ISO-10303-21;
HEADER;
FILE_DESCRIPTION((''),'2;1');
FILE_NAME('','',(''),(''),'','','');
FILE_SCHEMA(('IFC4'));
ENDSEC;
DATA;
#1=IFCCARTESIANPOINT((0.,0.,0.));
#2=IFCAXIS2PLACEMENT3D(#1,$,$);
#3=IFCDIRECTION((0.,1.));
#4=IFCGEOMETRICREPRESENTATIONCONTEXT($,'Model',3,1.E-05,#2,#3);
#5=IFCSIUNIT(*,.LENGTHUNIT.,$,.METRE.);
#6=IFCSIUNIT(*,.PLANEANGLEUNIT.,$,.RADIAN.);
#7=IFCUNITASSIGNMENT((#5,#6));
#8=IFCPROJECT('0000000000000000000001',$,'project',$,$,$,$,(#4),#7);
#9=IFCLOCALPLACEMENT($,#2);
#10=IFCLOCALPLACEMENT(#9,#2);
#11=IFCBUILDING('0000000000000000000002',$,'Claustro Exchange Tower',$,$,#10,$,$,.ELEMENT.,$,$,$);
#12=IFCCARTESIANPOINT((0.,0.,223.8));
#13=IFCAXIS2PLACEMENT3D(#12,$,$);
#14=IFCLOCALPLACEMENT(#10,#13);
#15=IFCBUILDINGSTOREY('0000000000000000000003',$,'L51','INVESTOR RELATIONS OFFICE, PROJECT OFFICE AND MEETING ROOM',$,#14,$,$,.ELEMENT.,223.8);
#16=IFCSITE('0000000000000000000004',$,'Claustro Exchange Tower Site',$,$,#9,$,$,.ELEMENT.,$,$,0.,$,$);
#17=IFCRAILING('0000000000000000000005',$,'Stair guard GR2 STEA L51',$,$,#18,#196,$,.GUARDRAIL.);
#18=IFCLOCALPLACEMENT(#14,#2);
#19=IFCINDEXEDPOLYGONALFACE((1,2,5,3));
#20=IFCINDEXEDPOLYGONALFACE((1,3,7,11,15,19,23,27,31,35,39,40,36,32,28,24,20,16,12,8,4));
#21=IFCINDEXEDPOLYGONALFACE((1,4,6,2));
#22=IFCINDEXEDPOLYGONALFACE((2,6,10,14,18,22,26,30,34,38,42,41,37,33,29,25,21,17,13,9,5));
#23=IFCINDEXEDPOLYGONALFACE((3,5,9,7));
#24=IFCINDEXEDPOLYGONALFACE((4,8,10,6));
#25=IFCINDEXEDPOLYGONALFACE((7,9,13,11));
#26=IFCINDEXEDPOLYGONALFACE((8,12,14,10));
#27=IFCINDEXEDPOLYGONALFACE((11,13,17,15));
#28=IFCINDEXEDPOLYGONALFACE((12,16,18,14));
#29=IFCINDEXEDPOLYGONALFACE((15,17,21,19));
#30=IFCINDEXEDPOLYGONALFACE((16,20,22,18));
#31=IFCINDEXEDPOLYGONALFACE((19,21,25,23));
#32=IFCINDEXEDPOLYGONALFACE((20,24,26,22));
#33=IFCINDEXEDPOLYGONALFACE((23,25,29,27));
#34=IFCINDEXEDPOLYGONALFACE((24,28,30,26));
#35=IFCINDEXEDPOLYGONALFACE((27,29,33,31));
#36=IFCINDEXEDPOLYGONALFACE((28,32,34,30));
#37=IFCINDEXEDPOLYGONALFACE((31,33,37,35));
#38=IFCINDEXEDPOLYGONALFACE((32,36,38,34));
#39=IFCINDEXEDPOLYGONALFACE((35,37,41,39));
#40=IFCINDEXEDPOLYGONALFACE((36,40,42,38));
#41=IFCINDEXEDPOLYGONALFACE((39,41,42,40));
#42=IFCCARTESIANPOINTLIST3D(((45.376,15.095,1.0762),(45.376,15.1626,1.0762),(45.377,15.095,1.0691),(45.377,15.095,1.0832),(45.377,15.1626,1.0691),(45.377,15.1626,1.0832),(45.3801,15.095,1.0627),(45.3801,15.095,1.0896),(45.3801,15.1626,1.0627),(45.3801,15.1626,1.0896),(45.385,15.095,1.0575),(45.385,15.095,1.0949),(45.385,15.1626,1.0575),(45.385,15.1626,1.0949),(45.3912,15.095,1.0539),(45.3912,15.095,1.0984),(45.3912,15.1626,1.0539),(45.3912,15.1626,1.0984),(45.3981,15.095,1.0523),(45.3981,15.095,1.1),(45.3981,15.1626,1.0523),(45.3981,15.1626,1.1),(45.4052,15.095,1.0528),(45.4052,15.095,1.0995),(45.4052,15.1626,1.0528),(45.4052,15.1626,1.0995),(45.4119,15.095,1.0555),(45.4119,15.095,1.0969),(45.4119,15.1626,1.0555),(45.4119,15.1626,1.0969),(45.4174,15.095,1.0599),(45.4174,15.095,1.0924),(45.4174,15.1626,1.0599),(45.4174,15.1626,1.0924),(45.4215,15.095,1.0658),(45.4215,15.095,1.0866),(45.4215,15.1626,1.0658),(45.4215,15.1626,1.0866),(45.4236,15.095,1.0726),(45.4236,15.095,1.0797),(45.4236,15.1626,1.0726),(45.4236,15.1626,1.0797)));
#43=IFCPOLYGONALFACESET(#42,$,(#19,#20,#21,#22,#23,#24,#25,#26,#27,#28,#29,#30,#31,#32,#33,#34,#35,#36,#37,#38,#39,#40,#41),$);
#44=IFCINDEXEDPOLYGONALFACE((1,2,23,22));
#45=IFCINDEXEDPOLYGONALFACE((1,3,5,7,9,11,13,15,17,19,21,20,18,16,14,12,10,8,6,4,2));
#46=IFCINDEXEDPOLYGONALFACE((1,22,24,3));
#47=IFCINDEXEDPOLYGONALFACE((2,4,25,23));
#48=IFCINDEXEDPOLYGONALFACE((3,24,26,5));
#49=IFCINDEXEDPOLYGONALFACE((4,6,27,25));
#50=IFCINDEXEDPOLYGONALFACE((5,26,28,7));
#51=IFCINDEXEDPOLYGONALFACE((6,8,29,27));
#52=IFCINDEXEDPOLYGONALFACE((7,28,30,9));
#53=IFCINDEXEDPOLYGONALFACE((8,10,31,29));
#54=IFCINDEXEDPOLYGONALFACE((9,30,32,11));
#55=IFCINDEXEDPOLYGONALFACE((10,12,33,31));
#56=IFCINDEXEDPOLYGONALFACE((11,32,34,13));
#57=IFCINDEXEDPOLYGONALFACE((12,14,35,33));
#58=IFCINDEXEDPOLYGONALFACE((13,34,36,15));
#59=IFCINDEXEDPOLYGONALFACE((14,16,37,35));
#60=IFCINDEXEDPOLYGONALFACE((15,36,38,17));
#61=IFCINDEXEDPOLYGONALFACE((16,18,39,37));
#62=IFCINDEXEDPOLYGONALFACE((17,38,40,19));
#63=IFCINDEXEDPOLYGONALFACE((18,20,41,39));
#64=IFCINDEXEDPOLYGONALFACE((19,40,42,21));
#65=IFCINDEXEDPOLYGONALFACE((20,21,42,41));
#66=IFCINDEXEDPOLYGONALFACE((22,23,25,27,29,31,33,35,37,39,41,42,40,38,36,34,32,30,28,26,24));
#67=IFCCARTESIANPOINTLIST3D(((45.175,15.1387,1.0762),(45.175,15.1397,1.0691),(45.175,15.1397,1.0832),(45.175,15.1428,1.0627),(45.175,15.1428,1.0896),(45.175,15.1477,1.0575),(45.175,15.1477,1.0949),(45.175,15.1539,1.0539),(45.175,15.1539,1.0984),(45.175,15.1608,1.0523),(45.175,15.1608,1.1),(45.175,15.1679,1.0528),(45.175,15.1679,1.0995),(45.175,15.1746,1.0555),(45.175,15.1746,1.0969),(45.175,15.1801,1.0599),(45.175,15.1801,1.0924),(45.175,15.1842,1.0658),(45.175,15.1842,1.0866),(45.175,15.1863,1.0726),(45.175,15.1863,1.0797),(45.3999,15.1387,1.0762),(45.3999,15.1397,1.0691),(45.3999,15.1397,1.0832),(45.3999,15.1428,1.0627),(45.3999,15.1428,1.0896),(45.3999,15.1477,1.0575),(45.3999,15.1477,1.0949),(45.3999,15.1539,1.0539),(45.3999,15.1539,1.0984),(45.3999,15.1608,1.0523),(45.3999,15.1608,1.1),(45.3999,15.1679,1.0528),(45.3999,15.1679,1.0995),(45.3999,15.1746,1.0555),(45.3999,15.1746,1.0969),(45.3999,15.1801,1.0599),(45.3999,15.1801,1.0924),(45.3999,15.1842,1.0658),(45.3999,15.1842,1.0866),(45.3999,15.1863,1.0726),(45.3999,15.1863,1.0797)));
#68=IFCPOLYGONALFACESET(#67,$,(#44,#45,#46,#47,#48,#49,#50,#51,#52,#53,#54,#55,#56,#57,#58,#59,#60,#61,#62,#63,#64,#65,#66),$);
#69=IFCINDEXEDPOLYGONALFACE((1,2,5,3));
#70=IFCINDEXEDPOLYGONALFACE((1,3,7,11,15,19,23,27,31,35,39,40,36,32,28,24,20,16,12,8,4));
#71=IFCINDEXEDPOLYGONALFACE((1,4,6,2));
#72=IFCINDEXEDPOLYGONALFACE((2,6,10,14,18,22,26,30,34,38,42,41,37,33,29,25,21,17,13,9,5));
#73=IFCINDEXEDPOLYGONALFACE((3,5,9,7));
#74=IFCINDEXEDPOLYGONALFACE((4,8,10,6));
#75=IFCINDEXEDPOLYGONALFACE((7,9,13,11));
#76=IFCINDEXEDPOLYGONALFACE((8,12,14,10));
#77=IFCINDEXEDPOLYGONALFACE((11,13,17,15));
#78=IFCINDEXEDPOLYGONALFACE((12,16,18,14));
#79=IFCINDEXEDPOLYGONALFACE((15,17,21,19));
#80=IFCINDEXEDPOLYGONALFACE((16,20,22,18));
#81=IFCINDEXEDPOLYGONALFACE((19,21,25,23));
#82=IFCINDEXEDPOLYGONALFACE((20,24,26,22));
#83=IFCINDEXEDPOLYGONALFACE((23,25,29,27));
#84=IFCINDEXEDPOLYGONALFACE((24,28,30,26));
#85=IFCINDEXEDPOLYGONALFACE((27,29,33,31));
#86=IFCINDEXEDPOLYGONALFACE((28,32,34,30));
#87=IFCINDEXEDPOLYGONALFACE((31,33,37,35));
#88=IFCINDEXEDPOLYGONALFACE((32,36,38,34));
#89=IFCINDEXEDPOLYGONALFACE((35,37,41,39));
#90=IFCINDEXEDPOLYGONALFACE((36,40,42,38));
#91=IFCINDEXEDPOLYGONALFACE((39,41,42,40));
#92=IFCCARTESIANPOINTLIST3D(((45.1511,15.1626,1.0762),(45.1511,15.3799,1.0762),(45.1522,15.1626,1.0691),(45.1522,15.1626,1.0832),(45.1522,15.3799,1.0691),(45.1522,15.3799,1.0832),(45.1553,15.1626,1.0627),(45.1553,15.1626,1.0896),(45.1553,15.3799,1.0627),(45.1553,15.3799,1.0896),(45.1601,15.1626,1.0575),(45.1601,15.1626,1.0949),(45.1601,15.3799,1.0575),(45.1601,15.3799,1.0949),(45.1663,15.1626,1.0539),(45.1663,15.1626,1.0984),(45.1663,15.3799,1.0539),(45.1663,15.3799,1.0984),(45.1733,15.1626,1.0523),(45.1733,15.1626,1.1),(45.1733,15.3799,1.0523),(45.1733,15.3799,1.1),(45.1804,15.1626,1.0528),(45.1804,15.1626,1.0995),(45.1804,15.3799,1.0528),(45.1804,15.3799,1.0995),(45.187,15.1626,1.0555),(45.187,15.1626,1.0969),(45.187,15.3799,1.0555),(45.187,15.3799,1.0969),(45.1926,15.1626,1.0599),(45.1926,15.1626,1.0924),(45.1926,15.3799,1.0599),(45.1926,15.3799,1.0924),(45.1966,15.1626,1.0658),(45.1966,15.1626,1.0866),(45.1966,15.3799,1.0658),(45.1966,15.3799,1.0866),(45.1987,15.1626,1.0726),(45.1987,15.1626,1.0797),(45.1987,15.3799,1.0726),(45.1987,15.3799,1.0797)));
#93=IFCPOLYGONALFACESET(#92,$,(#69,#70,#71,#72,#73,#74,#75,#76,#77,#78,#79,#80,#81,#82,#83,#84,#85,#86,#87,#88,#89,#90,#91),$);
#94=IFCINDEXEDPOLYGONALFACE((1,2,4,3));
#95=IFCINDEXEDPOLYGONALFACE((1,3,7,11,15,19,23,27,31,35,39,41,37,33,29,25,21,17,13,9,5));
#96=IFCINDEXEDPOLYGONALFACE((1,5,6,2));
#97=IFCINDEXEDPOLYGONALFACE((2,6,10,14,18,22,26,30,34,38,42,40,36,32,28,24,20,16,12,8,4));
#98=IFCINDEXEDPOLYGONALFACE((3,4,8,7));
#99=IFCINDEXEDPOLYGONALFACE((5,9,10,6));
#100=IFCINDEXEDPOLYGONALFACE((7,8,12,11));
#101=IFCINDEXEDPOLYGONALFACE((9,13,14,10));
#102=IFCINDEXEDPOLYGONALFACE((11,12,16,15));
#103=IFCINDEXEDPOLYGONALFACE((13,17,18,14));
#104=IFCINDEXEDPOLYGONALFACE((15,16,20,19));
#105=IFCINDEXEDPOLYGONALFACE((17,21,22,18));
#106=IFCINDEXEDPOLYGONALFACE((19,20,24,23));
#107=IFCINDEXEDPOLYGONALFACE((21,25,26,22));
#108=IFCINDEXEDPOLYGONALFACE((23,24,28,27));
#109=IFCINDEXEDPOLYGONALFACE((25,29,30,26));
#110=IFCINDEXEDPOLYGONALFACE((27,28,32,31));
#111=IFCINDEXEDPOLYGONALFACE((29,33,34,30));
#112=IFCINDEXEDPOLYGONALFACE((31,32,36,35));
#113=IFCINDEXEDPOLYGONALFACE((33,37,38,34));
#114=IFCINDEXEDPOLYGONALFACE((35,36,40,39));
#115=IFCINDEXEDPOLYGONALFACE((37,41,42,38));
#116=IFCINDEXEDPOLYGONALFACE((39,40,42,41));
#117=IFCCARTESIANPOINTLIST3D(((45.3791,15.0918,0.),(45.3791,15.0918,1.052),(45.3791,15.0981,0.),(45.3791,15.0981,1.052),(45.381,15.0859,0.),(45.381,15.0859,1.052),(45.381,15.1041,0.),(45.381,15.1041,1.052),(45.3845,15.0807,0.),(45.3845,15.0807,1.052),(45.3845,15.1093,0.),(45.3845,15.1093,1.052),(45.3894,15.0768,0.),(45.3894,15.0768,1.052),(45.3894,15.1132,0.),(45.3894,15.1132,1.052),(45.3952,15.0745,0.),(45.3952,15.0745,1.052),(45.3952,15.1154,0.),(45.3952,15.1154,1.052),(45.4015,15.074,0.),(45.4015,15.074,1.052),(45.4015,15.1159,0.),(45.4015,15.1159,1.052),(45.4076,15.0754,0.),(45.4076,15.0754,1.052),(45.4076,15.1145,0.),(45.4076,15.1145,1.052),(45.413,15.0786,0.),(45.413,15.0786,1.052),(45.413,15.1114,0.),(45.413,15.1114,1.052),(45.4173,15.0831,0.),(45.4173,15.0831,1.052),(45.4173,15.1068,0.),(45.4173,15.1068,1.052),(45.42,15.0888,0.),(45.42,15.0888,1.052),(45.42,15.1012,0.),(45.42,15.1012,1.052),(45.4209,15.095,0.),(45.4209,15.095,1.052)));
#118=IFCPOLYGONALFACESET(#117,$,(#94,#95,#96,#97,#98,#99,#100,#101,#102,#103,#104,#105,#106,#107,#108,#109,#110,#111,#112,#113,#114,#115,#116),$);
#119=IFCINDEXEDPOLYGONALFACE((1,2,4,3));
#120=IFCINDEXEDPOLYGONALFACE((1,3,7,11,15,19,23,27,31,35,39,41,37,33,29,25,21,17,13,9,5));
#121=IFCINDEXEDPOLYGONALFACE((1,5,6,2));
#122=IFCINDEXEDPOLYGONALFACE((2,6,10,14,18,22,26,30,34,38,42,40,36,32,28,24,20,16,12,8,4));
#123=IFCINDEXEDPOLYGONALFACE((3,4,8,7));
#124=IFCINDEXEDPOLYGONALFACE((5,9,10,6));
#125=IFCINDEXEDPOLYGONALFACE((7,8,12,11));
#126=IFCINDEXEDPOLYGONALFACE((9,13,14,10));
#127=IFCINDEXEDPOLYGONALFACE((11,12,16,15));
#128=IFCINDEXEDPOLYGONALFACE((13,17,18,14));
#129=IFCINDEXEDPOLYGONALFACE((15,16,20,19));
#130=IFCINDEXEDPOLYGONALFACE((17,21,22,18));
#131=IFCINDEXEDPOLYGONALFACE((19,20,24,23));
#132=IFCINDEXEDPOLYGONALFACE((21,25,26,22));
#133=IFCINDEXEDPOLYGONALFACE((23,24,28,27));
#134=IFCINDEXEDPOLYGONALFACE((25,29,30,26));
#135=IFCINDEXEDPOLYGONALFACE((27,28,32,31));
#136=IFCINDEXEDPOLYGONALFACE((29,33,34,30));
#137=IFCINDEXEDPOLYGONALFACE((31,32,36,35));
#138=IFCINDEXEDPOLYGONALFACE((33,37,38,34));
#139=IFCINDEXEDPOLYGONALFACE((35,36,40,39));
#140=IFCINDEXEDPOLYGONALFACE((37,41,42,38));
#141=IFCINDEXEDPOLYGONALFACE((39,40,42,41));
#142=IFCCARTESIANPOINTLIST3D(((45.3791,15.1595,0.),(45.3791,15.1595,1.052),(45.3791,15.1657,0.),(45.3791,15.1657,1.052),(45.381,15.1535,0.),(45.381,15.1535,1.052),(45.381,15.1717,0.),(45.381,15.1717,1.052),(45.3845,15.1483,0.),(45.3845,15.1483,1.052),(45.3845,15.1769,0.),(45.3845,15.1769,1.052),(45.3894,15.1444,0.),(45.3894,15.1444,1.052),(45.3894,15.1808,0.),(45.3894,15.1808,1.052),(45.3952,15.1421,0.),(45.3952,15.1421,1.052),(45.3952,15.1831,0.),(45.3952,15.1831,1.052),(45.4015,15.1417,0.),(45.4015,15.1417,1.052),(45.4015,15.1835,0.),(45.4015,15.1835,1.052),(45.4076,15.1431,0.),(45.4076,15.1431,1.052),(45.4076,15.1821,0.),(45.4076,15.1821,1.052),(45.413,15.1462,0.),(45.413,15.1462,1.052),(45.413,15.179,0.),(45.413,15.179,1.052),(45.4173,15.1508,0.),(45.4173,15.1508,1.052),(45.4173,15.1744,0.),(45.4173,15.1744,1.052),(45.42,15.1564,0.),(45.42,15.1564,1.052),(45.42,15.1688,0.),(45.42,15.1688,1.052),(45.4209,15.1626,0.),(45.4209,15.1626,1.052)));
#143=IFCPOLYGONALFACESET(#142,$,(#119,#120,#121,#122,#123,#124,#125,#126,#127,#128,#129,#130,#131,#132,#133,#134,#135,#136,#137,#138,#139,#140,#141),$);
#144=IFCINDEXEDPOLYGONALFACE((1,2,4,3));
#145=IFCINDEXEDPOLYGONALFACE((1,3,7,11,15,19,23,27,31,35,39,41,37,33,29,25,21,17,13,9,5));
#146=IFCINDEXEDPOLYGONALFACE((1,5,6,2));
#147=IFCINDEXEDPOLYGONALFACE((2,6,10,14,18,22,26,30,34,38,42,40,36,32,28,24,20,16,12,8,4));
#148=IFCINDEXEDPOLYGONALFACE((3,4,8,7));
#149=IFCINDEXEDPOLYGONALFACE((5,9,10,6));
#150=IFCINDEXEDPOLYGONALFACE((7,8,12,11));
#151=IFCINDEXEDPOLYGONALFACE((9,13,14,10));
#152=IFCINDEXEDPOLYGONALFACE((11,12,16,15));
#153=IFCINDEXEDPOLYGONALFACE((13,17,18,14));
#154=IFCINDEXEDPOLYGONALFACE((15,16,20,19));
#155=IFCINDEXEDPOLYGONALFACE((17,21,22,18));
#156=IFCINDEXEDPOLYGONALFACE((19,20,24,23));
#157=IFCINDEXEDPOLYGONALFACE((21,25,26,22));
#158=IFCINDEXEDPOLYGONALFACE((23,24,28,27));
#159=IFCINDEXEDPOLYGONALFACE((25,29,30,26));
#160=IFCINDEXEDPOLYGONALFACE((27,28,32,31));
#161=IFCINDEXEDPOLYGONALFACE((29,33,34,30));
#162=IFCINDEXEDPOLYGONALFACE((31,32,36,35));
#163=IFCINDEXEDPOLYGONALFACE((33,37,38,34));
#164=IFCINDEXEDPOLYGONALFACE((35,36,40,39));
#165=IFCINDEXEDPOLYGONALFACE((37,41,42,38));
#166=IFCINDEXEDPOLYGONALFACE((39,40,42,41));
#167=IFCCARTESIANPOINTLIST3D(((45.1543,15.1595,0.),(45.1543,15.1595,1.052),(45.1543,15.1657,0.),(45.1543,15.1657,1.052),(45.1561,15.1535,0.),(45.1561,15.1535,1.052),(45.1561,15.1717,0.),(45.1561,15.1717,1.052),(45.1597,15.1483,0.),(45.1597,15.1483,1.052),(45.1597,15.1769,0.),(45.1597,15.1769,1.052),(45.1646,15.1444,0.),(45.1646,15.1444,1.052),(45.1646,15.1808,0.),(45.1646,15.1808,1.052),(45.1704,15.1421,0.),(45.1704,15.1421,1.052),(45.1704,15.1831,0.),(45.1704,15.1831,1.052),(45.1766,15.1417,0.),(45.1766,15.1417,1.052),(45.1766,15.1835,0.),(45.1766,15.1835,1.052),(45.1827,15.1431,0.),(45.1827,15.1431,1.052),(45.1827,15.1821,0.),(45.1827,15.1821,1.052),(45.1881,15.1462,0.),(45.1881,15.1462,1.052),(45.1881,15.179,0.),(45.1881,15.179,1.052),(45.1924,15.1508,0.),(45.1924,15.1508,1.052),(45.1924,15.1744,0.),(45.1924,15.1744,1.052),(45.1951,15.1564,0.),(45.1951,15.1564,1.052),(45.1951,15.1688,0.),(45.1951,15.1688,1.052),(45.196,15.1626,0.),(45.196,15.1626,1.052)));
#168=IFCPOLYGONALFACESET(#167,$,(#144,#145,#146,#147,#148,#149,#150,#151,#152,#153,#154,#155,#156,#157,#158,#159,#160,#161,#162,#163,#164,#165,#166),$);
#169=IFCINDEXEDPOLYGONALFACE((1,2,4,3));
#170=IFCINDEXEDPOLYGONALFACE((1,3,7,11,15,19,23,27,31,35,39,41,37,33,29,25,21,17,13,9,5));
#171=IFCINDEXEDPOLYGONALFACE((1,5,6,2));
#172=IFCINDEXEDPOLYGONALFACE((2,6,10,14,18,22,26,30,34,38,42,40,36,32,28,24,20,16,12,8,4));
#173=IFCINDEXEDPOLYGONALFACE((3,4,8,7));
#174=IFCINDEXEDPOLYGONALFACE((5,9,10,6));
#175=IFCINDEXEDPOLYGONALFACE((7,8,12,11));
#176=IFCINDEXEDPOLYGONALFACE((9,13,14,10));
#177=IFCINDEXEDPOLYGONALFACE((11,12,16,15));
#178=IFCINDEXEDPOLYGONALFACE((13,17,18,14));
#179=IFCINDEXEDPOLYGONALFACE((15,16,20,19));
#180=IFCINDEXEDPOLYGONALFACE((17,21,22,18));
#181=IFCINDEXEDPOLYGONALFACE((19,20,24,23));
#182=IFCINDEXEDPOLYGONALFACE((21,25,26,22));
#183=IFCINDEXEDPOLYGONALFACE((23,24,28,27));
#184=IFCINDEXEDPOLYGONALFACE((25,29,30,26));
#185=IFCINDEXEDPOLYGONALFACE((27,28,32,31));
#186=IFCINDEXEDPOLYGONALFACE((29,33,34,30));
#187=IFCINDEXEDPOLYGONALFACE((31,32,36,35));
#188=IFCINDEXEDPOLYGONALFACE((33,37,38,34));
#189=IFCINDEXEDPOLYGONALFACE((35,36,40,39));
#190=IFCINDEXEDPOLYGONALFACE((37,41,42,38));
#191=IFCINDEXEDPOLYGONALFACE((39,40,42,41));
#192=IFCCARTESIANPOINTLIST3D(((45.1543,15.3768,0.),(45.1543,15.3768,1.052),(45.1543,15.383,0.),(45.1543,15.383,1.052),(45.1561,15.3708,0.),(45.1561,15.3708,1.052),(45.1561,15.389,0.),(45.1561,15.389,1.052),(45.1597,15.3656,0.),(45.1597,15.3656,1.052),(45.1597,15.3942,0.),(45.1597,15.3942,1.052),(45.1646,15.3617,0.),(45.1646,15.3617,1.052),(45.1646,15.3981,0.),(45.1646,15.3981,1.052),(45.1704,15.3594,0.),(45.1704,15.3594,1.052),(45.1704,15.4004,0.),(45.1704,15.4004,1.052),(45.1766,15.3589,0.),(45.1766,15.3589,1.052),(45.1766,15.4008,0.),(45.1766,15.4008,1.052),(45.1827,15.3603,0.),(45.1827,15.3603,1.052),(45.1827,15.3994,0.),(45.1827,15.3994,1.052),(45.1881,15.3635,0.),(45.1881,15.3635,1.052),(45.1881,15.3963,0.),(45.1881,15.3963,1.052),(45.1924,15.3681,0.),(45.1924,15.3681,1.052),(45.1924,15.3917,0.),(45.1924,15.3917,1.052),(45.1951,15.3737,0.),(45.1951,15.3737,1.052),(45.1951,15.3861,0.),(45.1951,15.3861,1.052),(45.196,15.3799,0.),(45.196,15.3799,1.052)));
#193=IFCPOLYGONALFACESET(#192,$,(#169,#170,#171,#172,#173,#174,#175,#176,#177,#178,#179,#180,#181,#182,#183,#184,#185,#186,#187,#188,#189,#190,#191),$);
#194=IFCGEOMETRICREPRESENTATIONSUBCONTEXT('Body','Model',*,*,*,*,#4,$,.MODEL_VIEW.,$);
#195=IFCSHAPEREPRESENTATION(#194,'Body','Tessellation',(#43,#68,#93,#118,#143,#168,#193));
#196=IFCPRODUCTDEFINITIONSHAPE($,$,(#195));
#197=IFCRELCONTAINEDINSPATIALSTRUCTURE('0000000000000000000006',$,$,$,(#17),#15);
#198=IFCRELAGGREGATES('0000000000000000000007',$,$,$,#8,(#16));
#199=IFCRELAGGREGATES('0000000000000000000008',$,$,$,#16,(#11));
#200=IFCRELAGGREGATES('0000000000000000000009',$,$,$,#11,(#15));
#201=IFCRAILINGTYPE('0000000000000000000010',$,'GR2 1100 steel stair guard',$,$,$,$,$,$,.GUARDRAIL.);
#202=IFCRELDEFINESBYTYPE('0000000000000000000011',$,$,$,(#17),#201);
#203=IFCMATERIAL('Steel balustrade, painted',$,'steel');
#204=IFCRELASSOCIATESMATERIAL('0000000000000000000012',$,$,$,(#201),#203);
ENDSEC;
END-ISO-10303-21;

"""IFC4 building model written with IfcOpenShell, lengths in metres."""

from ifc_helpers import new_model, si_unit, direction, frame, origin, origin_2d, place, context, subcontext, project, spatial, circle, extrude, material, type_object, element, save


model = new_model("IFC4")

# Units and contexts
model_context = context("Model", 3, precision=1e-05, world=origin(), true_north=direction((0.0, 1.0)))
body_context = subcontext(model_context, "Body", "Model", "MODEL_VIEW")
ifc_project = project(units=[si_unit("LENGTHUNIT", "METRE"), si_unit("PLANEANGLEUNIT", "RADIAN")], contexts=[model_context])

# Site, building, storey
site_placement = place(None, origin())
site = spatial("IfcSite", under=ifc_project, at=site_placement, Name="Claustro Exchange Tower Site", CompositionType="ELEMENT", RefElevation=0.0)
building_placement = place(site_placement, origin())
building = spatial("IfcBuilding", under=site, at=building_placement, Name="Claustro Exchange Tower", CompositionType="ELEMENT")
storey_placement = place(building_placement, frame((0.0, 0.0, 223.8)))
storey = spatial("IfcBuildingStorey", under=building, at=storey_placement, Name="L51", Description="INVESTOR RELATIONS OFFICE, PROJECT OFFICE AND MEETING ROOM", CompositionType="ELEMENT", Elevation=223.8)

# Railing
ifc_material_1 = material(Name="Steel balustrade, painted", Category="steel")
railing_type_1 = type_object("IfcRailingType", Name="GR2 1100 steel stair guard", PredefinedType="GUARDRAIL", material=ifc_material_1)
railing_1_placement = place(storey_placement, frame((45.3999, 15.095, 0.0)))
element("IfcRailing", 1, at=railing_1_placement, inside=storey, type_object=railing_type_1, Name="Stair guard GR2 STEA L51", PredefinedType="GUARDRAIL", context=body_context, shape_type="SweptSolid", body=[
    extrude(circle(Radius=0.0239, at=origin_2d()), frame((0.0, 0.0, 1.0762), z_axis=(0.0, 1.0, 0.0), x_axis=(-1.0, 0.0, 0.0)), (0.0, 0.0, 1.0), 0.0676),
    extrude(circle(Radius=0.0239, at=origin_2d()), frame((0.0, 0.0676, 1.0762), z_axis=(-1.0, 0.0, 0.0), x_axis=(0.0, -1.0, 0.0)), (0.0, 0.0, 1.0), 0.2249),
    extrude(circle(Radius=0.0239, at=origin_2d()), frame((-0.2249, 0.0676, 1.0762), z_axis=(0.0, 1.0, 0.0), x_axis=(-1.0, 0.0, 0.0)), (0.0, 0.0, 1.0), 0.2173),
    extrude(circle(Radius=0.021, at=origin_2d()), origin(), (0.0, 0.0, 1.0), 1.052),
    extrude(circle(Radius=0.021, at=origin_2d()), frame((0.0, 0.0676, 0.0)), (0.0, 0.0, 1.0), 1.052),
    extrude(circle(Radius=0.021, at=origin_2d()), frame((-0.2249, 0.0676, 0.0)), (0.0, 0.0, 1.0), 1.052),
    extrude(circle(Radius=0.021, at=origin_2d()), frame((-0.2249, 0.2849, 0.0)), (0.0, 0.0, 1.0), 1.052),
])

save(model, "model.ifc")
